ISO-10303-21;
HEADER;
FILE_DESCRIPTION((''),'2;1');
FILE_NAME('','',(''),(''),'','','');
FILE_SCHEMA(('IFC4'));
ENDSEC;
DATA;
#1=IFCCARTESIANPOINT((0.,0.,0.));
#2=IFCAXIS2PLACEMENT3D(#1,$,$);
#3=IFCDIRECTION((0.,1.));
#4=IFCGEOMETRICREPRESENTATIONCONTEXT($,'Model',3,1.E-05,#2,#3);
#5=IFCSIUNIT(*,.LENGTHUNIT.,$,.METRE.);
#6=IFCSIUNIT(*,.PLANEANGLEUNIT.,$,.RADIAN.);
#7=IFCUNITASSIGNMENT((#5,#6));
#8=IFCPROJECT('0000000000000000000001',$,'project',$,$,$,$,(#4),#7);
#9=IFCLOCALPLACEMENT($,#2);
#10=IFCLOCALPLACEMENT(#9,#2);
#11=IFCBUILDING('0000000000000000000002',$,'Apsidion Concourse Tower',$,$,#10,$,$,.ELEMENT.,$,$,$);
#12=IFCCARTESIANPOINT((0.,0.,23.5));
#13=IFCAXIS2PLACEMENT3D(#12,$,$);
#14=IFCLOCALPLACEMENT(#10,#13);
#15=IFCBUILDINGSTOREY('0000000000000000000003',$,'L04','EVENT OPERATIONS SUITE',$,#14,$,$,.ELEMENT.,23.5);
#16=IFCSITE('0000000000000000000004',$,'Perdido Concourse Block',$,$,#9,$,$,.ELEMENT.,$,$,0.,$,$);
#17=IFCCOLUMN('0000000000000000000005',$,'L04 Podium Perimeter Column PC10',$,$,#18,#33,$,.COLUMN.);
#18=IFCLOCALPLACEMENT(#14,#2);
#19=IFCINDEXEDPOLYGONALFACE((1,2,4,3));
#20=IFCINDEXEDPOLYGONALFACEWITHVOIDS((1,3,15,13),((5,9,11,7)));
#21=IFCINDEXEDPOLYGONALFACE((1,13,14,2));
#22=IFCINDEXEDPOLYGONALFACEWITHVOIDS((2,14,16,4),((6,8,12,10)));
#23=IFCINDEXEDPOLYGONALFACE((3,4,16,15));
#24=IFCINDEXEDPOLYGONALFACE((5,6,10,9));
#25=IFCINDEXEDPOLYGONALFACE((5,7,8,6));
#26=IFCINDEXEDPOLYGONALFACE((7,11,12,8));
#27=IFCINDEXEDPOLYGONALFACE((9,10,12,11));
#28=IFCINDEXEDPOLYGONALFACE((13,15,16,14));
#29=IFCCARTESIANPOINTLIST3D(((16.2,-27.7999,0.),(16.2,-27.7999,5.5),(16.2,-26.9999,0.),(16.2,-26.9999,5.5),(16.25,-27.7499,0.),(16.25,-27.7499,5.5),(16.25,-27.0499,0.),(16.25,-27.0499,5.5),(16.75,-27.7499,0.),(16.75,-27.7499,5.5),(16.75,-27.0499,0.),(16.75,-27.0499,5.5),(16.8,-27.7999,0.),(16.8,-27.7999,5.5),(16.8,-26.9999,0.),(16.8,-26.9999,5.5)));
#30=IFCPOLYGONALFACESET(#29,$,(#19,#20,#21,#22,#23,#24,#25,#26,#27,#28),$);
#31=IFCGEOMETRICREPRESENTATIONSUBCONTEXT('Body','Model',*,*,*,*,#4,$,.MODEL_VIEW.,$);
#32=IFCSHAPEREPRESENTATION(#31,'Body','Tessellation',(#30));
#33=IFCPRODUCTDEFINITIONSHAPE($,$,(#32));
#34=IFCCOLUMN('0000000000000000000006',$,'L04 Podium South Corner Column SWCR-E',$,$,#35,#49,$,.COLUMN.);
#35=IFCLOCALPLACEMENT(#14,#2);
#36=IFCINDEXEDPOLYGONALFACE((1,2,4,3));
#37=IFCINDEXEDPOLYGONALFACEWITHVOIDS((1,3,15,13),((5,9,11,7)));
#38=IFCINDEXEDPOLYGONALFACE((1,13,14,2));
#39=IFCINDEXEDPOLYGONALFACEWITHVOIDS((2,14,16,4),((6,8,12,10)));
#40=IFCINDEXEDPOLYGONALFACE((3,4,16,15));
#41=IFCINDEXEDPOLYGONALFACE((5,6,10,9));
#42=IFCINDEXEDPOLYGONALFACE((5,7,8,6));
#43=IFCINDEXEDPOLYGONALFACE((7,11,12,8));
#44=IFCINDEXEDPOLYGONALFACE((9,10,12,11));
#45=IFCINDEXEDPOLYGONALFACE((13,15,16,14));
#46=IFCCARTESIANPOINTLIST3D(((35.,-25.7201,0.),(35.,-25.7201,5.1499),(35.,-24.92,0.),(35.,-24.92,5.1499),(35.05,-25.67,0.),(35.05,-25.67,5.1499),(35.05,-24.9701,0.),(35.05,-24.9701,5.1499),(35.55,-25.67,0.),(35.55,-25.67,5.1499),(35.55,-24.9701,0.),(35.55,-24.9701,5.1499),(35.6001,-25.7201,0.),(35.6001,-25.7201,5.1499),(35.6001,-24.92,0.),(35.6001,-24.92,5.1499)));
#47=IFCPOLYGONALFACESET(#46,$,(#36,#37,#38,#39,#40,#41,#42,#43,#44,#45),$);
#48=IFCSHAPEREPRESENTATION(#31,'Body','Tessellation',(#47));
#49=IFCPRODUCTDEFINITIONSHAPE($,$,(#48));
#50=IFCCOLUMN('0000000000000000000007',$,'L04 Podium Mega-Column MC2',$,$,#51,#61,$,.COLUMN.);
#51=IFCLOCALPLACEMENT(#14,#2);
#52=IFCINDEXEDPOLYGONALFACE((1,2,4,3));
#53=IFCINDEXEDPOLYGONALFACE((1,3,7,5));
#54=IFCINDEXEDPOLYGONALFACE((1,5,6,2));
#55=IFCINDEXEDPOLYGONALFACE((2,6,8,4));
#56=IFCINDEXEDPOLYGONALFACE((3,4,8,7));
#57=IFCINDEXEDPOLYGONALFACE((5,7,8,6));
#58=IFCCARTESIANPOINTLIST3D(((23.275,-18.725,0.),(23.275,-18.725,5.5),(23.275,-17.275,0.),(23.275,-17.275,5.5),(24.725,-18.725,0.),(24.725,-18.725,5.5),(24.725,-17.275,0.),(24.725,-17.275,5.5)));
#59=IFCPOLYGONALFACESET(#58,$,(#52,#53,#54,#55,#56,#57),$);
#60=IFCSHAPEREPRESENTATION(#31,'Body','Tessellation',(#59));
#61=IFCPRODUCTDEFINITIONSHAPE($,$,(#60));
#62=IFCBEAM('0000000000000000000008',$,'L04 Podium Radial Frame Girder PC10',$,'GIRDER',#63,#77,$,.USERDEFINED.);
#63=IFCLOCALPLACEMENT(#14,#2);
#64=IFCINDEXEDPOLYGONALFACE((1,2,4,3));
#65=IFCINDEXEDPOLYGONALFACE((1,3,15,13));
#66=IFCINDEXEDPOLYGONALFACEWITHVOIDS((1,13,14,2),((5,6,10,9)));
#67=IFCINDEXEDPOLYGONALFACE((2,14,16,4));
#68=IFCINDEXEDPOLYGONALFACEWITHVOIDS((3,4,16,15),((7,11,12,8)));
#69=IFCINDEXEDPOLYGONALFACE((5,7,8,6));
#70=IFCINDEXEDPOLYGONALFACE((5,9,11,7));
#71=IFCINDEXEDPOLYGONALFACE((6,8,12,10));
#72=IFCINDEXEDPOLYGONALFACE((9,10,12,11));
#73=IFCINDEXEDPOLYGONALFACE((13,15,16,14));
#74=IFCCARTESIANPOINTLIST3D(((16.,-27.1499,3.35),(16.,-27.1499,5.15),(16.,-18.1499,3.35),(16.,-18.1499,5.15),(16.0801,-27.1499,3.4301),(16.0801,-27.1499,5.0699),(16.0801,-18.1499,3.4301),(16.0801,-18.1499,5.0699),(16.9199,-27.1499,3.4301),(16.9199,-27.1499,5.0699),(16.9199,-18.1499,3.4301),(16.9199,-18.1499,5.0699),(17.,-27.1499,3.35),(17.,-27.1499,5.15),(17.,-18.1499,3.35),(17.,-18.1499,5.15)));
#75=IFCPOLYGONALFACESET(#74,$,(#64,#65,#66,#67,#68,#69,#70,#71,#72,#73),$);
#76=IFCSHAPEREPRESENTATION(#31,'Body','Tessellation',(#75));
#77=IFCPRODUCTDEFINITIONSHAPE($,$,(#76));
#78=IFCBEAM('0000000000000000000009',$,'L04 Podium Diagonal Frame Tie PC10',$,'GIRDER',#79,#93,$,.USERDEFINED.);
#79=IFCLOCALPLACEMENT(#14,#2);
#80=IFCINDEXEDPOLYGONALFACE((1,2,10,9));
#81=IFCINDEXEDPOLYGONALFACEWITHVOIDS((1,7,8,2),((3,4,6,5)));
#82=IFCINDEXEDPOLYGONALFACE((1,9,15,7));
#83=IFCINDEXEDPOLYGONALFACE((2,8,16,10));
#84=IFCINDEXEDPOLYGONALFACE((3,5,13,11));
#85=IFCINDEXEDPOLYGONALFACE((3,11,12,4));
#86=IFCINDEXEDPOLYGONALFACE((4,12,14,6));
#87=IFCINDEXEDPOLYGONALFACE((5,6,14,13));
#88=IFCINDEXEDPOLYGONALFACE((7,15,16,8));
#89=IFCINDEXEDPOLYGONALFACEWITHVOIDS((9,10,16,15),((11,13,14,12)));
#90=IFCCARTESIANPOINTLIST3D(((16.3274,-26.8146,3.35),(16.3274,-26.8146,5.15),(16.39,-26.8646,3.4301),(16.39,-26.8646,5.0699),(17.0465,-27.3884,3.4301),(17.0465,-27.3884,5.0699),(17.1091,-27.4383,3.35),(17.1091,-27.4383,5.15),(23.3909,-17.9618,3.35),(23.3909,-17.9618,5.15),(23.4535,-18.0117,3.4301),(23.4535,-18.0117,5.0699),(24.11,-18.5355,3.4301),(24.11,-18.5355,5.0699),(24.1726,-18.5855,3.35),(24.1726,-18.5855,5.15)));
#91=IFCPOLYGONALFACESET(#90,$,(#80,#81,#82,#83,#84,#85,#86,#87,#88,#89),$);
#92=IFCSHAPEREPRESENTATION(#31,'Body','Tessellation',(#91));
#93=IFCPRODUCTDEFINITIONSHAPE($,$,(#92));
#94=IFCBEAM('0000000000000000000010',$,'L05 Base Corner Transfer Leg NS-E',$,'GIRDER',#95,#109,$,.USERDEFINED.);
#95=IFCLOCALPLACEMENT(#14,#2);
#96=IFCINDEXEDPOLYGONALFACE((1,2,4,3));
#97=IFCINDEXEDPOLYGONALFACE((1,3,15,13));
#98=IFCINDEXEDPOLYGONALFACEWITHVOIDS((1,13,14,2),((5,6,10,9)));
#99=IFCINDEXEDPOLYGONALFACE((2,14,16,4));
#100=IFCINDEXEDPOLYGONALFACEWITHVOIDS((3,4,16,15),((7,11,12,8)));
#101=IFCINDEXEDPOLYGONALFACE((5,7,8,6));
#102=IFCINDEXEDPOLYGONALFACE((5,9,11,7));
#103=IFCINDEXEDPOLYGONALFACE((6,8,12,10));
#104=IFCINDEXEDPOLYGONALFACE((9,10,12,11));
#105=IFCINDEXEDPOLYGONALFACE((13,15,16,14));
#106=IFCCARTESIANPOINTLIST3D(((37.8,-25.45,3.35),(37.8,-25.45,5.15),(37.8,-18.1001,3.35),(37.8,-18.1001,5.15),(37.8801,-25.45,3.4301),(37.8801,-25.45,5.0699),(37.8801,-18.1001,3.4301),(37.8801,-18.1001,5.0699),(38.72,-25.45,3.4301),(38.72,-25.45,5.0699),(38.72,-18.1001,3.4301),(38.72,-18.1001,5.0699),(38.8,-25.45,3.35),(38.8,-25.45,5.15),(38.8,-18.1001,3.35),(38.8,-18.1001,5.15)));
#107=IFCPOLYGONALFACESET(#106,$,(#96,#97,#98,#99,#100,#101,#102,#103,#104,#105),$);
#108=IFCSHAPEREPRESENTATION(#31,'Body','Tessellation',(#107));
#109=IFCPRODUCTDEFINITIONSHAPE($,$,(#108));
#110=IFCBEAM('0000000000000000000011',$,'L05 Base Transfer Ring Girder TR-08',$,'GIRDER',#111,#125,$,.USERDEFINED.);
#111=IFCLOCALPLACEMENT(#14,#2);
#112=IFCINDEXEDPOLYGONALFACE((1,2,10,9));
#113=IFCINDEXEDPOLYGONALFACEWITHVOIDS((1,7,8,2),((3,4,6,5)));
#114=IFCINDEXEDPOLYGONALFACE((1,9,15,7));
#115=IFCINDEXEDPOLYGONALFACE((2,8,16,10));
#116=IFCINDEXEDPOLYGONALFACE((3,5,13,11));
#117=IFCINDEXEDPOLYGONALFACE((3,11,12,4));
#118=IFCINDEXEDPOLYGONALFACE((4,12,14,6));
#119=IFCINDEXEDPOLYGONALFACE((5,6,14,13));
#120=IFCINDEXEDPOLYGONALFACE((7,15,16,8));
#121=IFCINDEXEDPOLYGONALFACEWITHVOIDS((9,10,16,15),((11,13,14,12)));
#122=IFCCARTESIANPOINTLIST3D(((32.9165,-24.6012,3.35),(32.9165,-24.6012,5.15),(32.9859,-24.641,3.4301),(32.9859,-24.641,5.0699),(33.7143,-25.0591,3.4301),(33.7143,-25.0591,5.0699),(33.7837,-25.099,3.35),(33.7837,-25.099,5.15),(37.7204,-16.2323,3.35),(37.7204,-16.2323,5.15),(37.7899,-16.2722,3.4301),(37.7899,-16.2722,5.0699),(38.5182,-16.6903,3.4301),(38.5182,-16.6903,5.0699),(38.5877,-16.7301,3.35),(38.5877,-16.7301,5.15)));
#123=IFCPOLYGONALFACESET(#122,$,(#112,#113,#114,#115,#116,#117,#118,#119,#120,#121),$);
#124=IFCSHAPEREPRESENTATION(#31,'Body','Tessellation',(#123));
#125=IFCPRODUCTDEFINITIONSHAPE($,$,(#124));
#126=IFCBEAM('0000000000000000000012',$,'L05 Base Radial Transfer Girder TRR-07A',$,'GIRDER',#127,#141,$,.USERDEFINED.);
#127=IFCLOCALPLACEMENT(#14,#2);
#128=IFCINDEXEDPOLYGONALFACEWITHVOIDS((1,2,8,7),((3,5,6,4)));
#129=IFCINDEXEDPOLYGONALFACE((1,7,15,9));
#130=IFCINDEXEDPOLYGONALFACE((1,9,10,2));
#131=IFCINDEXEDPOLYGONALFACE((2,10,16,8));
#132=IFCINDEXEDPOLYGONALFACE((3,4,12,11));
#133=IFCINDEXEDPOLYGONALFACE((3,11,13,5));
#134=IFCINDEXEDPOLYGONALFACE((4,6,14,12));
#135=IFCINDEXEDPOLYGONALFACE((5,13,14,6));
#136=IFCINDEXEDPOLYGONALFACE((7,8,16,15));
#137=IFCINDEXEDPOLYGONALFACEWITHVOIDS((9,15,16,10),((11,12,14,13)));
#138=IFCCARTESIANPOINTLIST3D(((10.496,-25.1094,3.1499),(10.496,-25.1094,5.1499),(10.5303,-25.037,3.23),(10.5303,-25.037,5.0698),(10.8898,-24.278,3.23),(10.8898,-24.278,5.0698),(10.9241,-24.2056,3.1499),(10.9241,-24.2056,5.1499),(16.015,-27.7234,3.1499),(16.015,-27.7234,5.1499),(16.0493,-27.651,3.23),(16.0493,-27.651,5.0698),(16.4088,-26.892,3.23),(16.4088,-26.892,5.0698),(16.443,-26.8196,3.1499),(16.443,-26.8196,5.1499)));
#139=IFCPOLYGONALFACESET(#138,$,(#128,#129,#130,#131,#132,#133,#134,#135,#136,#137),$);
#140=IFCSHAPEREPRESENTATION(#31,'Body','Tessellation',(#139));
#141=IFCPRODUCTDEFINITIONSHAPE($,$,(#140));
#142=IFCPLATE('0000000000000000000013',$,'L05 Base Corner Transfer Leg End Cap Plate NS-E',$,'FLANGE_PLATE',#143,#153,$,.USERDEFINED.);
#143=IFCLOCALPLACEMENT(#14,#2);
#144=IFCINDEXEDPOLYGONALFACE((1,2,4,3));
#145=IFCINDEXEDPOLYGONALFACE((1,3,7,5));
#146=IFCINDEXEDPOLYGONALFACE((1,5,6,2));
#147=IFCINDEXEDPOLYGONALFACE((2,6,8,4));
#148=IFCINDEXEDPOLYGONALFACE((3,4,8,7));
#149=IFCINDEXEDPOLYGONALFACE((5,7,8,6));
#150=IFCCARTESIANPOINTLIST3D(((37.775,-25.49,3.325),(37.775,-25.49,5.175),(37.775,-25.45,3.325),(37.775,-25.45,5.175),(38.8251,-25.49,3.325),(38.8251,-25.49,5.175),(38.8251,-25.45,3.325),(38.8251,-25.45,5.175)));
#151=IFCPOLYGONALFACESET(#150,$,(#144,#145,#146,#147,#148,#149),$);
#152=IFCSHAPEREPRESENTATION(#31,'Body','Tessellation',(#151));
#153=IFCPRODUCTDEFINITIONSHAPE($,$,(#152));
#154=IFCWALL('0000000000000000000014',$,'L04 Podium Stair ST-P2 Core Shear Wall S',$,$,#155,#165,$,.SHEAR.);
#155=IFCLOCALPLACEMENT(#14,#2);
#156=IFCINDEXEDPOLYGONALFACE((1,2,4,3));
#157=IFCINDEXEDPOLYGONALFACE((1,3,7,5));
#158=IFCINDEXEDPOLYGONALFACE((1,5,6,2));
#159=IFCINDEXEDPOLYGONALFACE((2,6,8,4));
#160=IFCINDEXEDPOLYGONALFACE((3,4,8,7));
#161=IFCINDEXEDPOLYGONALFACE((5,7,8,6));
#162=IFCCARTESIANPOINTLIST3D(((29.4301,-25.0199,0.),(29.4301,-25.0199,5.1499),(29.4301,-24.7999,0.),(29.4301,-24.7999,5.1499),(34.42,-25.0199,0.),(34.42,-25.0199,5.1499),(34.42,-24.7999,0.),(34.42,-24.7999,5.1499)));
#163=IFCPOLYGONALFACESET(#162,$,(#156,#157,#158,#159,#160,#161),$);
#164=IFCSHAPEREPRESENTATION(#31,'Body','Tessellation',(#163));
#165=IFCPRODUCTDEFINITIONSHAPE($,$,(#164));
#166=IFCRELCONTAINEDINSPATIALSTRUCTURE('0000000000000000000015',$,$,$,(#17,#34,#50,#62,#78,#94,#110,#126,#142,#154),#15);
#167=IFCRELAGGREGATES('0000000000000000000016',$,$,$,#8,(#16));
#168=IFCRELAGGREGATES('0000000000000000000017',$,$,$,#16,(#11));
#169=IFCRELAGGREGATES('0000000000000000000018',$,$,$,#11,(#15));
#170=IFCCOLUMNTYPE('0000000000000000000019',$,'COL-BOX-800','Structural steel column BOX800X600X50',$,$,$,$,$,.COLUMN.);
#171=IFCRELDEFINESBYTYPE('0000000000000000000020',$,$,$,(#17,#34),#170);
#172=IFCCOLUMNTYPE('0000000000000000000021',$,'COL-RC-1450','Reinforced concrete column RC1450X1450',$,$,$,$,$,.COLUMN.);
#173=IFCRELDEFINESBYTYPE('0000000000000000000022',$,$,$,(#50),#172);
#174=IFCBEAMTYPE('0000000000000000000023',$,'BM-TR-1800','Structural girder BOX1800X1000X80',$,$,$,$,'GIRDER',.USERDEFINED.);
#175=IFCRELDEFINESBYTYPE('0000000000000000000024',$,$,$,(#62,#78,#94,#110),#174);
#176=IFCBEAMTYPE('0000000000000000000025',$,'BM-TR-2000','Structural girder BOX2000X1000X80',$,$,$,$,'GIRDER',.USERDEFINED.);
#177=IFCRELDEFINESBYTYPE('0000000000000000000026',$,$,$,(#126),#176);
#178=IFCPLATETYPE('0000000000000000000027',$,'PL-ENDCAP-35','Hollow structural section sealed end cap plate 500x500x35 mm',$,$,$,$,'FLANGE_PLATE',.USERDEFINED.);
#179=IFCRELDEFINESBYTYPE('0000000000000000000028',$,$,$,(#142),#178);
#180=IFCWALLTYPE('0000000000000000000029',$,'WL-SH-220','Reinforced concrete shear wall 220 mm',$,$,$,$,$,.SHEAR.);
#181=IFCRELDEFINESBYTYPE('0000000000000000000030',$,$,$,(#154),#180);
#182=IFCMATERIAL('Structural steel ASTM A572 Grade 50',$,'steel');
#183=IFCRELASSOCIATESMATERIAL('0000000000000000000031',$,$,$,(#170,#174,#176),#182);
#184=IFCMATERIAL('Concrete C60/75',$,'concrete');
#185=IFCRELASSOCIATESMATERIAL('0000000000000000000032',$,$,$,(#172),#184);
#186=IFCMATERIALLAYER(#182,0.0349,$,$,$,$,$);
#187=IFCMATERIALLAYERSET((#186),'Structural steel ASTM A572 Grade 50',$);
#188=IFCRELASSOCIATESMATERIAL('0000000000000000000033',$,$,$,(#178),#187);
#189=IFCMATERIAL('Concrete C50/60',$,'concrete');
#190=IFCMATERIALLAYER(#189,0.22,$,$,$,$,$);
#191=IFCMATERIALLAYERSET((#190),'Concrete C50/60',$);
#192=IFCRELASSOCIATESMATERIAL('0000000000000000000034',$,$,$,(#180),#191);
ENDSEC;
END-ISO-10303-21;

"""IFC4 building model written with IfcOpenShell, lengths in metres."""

from ifc_helpers import new_model, si_unit, direction, frame, frame_2d, origin, origin_2d, place, context, subcontext, project, spatial, rectangle, hollow_rectangle, extrude, material, layer, layer_set, material_profile, profile_set, type_object, element, save


model = new_model("IFC4")

# Units and contexts
model_context = context("Model", 3, precision=1e-05, world=origin(), true_north=direction((0.0, 1.0)))
body_context = subcontext(model_context, "Body", "Model", "MODEL_VIEW")
ifc_project = project(units=[si_unit("LENGTHUNIT", "METRE"), si_unit("PLANEANGLEUNIT", "RADIAN")], contexts=[model_context])

# Site, building, storey
site_placement = place(None, origin())
site = spatial("IfcSite", under=ifc_project, at=site_placement, Name="Perdido Concourse Block", CompositionType="ELEMENT", RefElevation=0.0)
building_placement = place(site_placement, origin())
building = spatial("IfcBuilding", under=site, at=building_placement, Name="Apsidion Concourse Tower", CompositionType="ELEMENT")
storey_placement = place(building_placement, frame((0.0, 0.0, 23.5)))
storey = spatial("IfcBuildingStorey", under=building, at=storey_placement, Name="L04", Description="EVENT OPERATIONS SUITE", CompositionType="ELEMENT", Elevation=23.5)

# Columns
ifc_material_1 = material(Name="Structural steel ASTM A572 Grade 50", Category="steel")
ifc_material_profile_1 = material_profile(ifc_material_1, hollow_rectangle(XDim=0.6001, YDim=0.8, WallThickness=0.05, at=origin_2d()), Name="BOX800X600X50")
ifc_profile_set_1 = profile_set([ifc_material_profile_1], Name="Structural steel ASTM A572 Grade 50")
column_type_1 = type_object("IfcColumnType", Name="COL-BOX-800", Description="Structural steel column BOX800X600X50", PredefinedType="COLUMN", material=ifc_profile_set_1)
column_1_placement = place(storey_placement, frame((16.5, -27.3999, 0.0), z_axis=(0.0, 0.0, 1.0), x_axis=(1.0, 0.0, 0.0)))
element("IfcColumn", 1, at=column_1_placement, inside=storey, type_object=column_type_1, Name="L04 Podium Perimeter Column PC10", PredefinedType="COLUMN", context=body_context, shape_type="SweptSolid", body=[
    extrude(hollow_rectangle(XDim=0.6001, YDim=0.8, WallThickness=0.05, at=origin_2d()), origin(), (0.0, 0.0, 1.0), 5.5),
])
column_2_placement = place(storey_placement, frame((35.3, -25.3201, 0.0), z_axis=(0.0, 0.0, 1.0), x_axis=(1.0, 0.0, 0.0)))
element("IfcColumn", 2, at=column_2_placement, inside=storey, type_object=column_type_1, Name="L04 Podium South Corner Column SWCR-E", PredefinedType="COLUMN", context=body_context, shape_type="SweptSolid", body=[
    extrude(hollow_rectangle(XDim=0.6001, YDim=0.8, WallThickness=0.05, at=origin_2d()), origin(), (0.0, 0.0, 1.0), 5.1499),
])
ifc_material_2 = material(Name="Concrete C60/75", Category="concrete")
ifc_material_profile_2 = material_profile(ifc_material_2, rectangle(XDim=1.45, YDim=1.45, at=origin_2d()), Name="RC 1450x1450")
ifc_profile_set_2 = profile_set([ifc_material_profile_2], Name="Concrete C60/75")
column_type_2 = type_object("IfcColumnType", Name="COL-RC-1450", Description="Reinforced concrete column RC1450X1450", PredefinedType="COLUMN", material=ifc_profile_set_2)
column_3_placement = place(storey_placement, frame((24.0, -18.0, 0.0), z_axis=(0.0, 0.0, 1.0), x_axis=(1.0, 0.0, 0.0)))
element("IfcColumn", 3, at=column_3_placement, inside=storey, type_object=column_type_2, Name="L04 Podium Mega-Column MC2", PredefinedType="COLUMN", context=body_context, shape_type="SweptSolid", body=[
    extrude(rectangle(XDim=1.45, YDim=1.45, at=origin_2d()), origin(), (0.0, 0.0, 1.0), 5.5),
])

# Beams
ifc_material_profile_3 = material_profile(ifc_material_1, hollow_rectangle(XDim=1.0, YDim=1.8, WallThickness=0.0801, at=origin_2d()), Name="BOX1800X1000X80")
ifc_profile_set_3 = profile_set([ifc_material_profile_3], Name="Structural steel ASTM A572 Grade 50")
beam_type_1 = type_object("IfcBeamType", Name="BM-TR-1800", Description="Structural girder BOX1800X1000X80", ElementType="GIRDER", PredefinedType="USERDEFINED", material=ifc_profile_set_3)
beam_1_placement = place(storey_placement, frame((16.5, -27.1499, 4.25), z_axis=(0.0, 1.0, 0.0), x_axis=(-1.0, 0.0, 0.0)))
element("IfcBeam", 4, at=beam_1_placement, inside=storey, type_object=beam_type_1, Name="L04 Podium Radial Frame Girder PC10", ObjectType="GIRDER", PredefinedType="USERDEFINED", context=body_context, shape_type="SweptSolid", body=[
    extrude(hollow_rectangle(XDim=1.0, YDim=1.8, WallThickness=0.0801, at=origin_2d()), origin(), (0.0, 0.0, 1.0), 9.0),
])
beam_2_placement = place(storey_placement, frame((16.7183, -27.1265, 4.25), z_axis=(0.623685, 0.781676, 0.0), x_axis=(-0.781676, 0.623685, 0.0)))
element("IfcBeam", 5, at=beam_2_placement, inside=storey, type_object=beam_type_1, Name="L04 Podium Diagonal Frame Tie PC10", ObjectType="GIRDER", PredefinedType="USERDEFINED", context=body_context, shape_type="SweptSolid", body=[
    extrude(hollow_rectangle(XDim=1.0, YDim=1.8, WallThickness=0.0801, at=origin_2d()), origin(), (0.0, 0.0, 1.0), 11.3254),
])
beam_3_placement = place(storey_placement, frame((38.3, -18.1001, 4.25), z_axis=(0.0, -1.0, 0.0), x_axis=(1.0, 0.0, 0.0)))
element("IfcBeam", 6, at=beam_3_placement, inside=storey, type_object=beam_type_1, Name="L05 Base Corner Transfer Leg NS-E", ObjectType="GIRDER", PredefinedType="USERDEFINED", context=body_context, shape_type="SweptSolid", body=[
    extrude(hollow_rectangle(XDim=1.0, YDim=1.8, WallThickness=0.0801, at=origin_2d()), origin(), (0.0, 0.0, 1.0), 7.3499),
])
beam_4_placement = place(storey_placement, frame((33.3501, -24.8501, 4.25), z_axis=(0.497835, 0.867272, 0.0), x_axis=(-0.867272, 0.497835, 0.0)))
element("IfcBeam", 7, at=beam_4_placement, inside=storey, type_object=beam_type_1, Name="L05 Base Transfer Ring Girder TR-08", ObjectType="GIRDER", PredefinedType="USERDEFINED", context=body_context, shape_type="SweptSolid", body=[
    extrude(hollow_rectangle(XDim=1.0, YDim=1.8, WallThickness=0.0801, at=origin_2d()), origin(), (0.0, 0.0, 1.0), 9.6497),
])
ifc_material_profile_4 = material_profile(ifc_material_1, hollow_rectangle(XDim=1.0, YDim=2.0, WallThickness=0.0801, at=origin_2d()), Name="BOX2000X1000X80")
ifc_profile_set_4 = profile_set([ifc_material_profile_4], Name="Structural steel ASTM A572 Grade 50")
beam_type_2 = type_object("IfcBeamType", Name="BM-TR-2000", Description="Structural girder BOX2000X1000X80", ElementType="GIRDER", PredefinedType="USERDEFINED", material=ifc_profile_set_4)
beam_5_placement = place(storey_placement, frame((16.229, -27.2715, 4.1499), z_axis=(-0.903755, 0.42805, 0.0), x_axis=(-0.42805, -0.903755, 0.0)))
element("IfcBeam", 8, at=beam_5_placement, inside=storey, type_object=beam_type_2, Name="L05 Base Radial Transfer Girder TRR-07A", ObjectType="GIRDER", PredefinedType="USERDEFINED", context=body_context, shape_type="SweptSolid", body=[
    extrude(hollow_rectangle(XDim=1.0, YDim=2.0, WallThickness=0.0801, at=origin_2d()), origin(), (0.0, 0.0, 1.0), 6.1067),
])

# Plate
ifc_layer_1 = layer(ifc_material_1, 0.0349)
ifc_layer_set_1 = layer_set([ifc_layer_1], Name="Structural steel ASTM A572 Grade 50")
plate_type = type_object("IfcPlateType", Name="PL-ENDCAP-35", Description="Hollow structural section sealed end cap plate 500x500x35 mm", ElementType="FLANGE_PLATE", PredefinedType="USERDEFINED", material=ifc_layer_set_1)
plate_placement = place(storey_placement, frame((38.3, -25.47, 3.325), z_axis=(0.0, 0.0, 1.0), x_axis=(1.0, 0.0, 0.0)))
element("IfcPlate", 9, at=plate_placement, inside=storey, type_object=plate_type, Name="L05 Base Corner Transfer Leg End Cap Plate NS-E", ObjectType="FLANGE_PLATE", PredefinedType="USERDEFINED", context=body_context, shape_type="SweptSolid", body=[
    extrude(rectangle(XDim=1.05, YDim=0.04, at=origin_2d()), origin(), (0.0, 0.0, 1.0), 1.8501),
])

# Wall
ifc_material_3 = material(Name="Concrete C50/60", Category="concrete")
ifc_layer_2 = layer(ifc_material_3, 0.22)
ifc_layer_set_2 = layer_set([ifc_layer_2], Name="Concrete C50/60")
wall_type_1 = type_object("IfcWallType", Name="WL-SH-220", Description="Reinforced concrete shear wall 220 mm", PredefinedType="SHEAR", material=ifc_layer_set_2)
wall_1_placement = place(storey_placement, frame((29.4299, -24.9099, 0.0), z_axis=(0.0, 0.0, 1.0), x_axis=(1.0, 0.0, 0.0)))
element("IfcWall", 10, at=wall_1_placement, inside=storey, type_object=wall_type_1, Name="L04 Podium Stair ST-P2 Core Shear Wall S", PredefinedType="SHEAR", context=body_context, shape_type="SweptSolid", body=[
    extrude(rectangle(XDim=4.99, YDim=0.22, at=frame_2d((2.4951, 0.0))), origin(), (0.0, 0.0, 1.0), 5.1499),
])

save(model, "model.ifc")
